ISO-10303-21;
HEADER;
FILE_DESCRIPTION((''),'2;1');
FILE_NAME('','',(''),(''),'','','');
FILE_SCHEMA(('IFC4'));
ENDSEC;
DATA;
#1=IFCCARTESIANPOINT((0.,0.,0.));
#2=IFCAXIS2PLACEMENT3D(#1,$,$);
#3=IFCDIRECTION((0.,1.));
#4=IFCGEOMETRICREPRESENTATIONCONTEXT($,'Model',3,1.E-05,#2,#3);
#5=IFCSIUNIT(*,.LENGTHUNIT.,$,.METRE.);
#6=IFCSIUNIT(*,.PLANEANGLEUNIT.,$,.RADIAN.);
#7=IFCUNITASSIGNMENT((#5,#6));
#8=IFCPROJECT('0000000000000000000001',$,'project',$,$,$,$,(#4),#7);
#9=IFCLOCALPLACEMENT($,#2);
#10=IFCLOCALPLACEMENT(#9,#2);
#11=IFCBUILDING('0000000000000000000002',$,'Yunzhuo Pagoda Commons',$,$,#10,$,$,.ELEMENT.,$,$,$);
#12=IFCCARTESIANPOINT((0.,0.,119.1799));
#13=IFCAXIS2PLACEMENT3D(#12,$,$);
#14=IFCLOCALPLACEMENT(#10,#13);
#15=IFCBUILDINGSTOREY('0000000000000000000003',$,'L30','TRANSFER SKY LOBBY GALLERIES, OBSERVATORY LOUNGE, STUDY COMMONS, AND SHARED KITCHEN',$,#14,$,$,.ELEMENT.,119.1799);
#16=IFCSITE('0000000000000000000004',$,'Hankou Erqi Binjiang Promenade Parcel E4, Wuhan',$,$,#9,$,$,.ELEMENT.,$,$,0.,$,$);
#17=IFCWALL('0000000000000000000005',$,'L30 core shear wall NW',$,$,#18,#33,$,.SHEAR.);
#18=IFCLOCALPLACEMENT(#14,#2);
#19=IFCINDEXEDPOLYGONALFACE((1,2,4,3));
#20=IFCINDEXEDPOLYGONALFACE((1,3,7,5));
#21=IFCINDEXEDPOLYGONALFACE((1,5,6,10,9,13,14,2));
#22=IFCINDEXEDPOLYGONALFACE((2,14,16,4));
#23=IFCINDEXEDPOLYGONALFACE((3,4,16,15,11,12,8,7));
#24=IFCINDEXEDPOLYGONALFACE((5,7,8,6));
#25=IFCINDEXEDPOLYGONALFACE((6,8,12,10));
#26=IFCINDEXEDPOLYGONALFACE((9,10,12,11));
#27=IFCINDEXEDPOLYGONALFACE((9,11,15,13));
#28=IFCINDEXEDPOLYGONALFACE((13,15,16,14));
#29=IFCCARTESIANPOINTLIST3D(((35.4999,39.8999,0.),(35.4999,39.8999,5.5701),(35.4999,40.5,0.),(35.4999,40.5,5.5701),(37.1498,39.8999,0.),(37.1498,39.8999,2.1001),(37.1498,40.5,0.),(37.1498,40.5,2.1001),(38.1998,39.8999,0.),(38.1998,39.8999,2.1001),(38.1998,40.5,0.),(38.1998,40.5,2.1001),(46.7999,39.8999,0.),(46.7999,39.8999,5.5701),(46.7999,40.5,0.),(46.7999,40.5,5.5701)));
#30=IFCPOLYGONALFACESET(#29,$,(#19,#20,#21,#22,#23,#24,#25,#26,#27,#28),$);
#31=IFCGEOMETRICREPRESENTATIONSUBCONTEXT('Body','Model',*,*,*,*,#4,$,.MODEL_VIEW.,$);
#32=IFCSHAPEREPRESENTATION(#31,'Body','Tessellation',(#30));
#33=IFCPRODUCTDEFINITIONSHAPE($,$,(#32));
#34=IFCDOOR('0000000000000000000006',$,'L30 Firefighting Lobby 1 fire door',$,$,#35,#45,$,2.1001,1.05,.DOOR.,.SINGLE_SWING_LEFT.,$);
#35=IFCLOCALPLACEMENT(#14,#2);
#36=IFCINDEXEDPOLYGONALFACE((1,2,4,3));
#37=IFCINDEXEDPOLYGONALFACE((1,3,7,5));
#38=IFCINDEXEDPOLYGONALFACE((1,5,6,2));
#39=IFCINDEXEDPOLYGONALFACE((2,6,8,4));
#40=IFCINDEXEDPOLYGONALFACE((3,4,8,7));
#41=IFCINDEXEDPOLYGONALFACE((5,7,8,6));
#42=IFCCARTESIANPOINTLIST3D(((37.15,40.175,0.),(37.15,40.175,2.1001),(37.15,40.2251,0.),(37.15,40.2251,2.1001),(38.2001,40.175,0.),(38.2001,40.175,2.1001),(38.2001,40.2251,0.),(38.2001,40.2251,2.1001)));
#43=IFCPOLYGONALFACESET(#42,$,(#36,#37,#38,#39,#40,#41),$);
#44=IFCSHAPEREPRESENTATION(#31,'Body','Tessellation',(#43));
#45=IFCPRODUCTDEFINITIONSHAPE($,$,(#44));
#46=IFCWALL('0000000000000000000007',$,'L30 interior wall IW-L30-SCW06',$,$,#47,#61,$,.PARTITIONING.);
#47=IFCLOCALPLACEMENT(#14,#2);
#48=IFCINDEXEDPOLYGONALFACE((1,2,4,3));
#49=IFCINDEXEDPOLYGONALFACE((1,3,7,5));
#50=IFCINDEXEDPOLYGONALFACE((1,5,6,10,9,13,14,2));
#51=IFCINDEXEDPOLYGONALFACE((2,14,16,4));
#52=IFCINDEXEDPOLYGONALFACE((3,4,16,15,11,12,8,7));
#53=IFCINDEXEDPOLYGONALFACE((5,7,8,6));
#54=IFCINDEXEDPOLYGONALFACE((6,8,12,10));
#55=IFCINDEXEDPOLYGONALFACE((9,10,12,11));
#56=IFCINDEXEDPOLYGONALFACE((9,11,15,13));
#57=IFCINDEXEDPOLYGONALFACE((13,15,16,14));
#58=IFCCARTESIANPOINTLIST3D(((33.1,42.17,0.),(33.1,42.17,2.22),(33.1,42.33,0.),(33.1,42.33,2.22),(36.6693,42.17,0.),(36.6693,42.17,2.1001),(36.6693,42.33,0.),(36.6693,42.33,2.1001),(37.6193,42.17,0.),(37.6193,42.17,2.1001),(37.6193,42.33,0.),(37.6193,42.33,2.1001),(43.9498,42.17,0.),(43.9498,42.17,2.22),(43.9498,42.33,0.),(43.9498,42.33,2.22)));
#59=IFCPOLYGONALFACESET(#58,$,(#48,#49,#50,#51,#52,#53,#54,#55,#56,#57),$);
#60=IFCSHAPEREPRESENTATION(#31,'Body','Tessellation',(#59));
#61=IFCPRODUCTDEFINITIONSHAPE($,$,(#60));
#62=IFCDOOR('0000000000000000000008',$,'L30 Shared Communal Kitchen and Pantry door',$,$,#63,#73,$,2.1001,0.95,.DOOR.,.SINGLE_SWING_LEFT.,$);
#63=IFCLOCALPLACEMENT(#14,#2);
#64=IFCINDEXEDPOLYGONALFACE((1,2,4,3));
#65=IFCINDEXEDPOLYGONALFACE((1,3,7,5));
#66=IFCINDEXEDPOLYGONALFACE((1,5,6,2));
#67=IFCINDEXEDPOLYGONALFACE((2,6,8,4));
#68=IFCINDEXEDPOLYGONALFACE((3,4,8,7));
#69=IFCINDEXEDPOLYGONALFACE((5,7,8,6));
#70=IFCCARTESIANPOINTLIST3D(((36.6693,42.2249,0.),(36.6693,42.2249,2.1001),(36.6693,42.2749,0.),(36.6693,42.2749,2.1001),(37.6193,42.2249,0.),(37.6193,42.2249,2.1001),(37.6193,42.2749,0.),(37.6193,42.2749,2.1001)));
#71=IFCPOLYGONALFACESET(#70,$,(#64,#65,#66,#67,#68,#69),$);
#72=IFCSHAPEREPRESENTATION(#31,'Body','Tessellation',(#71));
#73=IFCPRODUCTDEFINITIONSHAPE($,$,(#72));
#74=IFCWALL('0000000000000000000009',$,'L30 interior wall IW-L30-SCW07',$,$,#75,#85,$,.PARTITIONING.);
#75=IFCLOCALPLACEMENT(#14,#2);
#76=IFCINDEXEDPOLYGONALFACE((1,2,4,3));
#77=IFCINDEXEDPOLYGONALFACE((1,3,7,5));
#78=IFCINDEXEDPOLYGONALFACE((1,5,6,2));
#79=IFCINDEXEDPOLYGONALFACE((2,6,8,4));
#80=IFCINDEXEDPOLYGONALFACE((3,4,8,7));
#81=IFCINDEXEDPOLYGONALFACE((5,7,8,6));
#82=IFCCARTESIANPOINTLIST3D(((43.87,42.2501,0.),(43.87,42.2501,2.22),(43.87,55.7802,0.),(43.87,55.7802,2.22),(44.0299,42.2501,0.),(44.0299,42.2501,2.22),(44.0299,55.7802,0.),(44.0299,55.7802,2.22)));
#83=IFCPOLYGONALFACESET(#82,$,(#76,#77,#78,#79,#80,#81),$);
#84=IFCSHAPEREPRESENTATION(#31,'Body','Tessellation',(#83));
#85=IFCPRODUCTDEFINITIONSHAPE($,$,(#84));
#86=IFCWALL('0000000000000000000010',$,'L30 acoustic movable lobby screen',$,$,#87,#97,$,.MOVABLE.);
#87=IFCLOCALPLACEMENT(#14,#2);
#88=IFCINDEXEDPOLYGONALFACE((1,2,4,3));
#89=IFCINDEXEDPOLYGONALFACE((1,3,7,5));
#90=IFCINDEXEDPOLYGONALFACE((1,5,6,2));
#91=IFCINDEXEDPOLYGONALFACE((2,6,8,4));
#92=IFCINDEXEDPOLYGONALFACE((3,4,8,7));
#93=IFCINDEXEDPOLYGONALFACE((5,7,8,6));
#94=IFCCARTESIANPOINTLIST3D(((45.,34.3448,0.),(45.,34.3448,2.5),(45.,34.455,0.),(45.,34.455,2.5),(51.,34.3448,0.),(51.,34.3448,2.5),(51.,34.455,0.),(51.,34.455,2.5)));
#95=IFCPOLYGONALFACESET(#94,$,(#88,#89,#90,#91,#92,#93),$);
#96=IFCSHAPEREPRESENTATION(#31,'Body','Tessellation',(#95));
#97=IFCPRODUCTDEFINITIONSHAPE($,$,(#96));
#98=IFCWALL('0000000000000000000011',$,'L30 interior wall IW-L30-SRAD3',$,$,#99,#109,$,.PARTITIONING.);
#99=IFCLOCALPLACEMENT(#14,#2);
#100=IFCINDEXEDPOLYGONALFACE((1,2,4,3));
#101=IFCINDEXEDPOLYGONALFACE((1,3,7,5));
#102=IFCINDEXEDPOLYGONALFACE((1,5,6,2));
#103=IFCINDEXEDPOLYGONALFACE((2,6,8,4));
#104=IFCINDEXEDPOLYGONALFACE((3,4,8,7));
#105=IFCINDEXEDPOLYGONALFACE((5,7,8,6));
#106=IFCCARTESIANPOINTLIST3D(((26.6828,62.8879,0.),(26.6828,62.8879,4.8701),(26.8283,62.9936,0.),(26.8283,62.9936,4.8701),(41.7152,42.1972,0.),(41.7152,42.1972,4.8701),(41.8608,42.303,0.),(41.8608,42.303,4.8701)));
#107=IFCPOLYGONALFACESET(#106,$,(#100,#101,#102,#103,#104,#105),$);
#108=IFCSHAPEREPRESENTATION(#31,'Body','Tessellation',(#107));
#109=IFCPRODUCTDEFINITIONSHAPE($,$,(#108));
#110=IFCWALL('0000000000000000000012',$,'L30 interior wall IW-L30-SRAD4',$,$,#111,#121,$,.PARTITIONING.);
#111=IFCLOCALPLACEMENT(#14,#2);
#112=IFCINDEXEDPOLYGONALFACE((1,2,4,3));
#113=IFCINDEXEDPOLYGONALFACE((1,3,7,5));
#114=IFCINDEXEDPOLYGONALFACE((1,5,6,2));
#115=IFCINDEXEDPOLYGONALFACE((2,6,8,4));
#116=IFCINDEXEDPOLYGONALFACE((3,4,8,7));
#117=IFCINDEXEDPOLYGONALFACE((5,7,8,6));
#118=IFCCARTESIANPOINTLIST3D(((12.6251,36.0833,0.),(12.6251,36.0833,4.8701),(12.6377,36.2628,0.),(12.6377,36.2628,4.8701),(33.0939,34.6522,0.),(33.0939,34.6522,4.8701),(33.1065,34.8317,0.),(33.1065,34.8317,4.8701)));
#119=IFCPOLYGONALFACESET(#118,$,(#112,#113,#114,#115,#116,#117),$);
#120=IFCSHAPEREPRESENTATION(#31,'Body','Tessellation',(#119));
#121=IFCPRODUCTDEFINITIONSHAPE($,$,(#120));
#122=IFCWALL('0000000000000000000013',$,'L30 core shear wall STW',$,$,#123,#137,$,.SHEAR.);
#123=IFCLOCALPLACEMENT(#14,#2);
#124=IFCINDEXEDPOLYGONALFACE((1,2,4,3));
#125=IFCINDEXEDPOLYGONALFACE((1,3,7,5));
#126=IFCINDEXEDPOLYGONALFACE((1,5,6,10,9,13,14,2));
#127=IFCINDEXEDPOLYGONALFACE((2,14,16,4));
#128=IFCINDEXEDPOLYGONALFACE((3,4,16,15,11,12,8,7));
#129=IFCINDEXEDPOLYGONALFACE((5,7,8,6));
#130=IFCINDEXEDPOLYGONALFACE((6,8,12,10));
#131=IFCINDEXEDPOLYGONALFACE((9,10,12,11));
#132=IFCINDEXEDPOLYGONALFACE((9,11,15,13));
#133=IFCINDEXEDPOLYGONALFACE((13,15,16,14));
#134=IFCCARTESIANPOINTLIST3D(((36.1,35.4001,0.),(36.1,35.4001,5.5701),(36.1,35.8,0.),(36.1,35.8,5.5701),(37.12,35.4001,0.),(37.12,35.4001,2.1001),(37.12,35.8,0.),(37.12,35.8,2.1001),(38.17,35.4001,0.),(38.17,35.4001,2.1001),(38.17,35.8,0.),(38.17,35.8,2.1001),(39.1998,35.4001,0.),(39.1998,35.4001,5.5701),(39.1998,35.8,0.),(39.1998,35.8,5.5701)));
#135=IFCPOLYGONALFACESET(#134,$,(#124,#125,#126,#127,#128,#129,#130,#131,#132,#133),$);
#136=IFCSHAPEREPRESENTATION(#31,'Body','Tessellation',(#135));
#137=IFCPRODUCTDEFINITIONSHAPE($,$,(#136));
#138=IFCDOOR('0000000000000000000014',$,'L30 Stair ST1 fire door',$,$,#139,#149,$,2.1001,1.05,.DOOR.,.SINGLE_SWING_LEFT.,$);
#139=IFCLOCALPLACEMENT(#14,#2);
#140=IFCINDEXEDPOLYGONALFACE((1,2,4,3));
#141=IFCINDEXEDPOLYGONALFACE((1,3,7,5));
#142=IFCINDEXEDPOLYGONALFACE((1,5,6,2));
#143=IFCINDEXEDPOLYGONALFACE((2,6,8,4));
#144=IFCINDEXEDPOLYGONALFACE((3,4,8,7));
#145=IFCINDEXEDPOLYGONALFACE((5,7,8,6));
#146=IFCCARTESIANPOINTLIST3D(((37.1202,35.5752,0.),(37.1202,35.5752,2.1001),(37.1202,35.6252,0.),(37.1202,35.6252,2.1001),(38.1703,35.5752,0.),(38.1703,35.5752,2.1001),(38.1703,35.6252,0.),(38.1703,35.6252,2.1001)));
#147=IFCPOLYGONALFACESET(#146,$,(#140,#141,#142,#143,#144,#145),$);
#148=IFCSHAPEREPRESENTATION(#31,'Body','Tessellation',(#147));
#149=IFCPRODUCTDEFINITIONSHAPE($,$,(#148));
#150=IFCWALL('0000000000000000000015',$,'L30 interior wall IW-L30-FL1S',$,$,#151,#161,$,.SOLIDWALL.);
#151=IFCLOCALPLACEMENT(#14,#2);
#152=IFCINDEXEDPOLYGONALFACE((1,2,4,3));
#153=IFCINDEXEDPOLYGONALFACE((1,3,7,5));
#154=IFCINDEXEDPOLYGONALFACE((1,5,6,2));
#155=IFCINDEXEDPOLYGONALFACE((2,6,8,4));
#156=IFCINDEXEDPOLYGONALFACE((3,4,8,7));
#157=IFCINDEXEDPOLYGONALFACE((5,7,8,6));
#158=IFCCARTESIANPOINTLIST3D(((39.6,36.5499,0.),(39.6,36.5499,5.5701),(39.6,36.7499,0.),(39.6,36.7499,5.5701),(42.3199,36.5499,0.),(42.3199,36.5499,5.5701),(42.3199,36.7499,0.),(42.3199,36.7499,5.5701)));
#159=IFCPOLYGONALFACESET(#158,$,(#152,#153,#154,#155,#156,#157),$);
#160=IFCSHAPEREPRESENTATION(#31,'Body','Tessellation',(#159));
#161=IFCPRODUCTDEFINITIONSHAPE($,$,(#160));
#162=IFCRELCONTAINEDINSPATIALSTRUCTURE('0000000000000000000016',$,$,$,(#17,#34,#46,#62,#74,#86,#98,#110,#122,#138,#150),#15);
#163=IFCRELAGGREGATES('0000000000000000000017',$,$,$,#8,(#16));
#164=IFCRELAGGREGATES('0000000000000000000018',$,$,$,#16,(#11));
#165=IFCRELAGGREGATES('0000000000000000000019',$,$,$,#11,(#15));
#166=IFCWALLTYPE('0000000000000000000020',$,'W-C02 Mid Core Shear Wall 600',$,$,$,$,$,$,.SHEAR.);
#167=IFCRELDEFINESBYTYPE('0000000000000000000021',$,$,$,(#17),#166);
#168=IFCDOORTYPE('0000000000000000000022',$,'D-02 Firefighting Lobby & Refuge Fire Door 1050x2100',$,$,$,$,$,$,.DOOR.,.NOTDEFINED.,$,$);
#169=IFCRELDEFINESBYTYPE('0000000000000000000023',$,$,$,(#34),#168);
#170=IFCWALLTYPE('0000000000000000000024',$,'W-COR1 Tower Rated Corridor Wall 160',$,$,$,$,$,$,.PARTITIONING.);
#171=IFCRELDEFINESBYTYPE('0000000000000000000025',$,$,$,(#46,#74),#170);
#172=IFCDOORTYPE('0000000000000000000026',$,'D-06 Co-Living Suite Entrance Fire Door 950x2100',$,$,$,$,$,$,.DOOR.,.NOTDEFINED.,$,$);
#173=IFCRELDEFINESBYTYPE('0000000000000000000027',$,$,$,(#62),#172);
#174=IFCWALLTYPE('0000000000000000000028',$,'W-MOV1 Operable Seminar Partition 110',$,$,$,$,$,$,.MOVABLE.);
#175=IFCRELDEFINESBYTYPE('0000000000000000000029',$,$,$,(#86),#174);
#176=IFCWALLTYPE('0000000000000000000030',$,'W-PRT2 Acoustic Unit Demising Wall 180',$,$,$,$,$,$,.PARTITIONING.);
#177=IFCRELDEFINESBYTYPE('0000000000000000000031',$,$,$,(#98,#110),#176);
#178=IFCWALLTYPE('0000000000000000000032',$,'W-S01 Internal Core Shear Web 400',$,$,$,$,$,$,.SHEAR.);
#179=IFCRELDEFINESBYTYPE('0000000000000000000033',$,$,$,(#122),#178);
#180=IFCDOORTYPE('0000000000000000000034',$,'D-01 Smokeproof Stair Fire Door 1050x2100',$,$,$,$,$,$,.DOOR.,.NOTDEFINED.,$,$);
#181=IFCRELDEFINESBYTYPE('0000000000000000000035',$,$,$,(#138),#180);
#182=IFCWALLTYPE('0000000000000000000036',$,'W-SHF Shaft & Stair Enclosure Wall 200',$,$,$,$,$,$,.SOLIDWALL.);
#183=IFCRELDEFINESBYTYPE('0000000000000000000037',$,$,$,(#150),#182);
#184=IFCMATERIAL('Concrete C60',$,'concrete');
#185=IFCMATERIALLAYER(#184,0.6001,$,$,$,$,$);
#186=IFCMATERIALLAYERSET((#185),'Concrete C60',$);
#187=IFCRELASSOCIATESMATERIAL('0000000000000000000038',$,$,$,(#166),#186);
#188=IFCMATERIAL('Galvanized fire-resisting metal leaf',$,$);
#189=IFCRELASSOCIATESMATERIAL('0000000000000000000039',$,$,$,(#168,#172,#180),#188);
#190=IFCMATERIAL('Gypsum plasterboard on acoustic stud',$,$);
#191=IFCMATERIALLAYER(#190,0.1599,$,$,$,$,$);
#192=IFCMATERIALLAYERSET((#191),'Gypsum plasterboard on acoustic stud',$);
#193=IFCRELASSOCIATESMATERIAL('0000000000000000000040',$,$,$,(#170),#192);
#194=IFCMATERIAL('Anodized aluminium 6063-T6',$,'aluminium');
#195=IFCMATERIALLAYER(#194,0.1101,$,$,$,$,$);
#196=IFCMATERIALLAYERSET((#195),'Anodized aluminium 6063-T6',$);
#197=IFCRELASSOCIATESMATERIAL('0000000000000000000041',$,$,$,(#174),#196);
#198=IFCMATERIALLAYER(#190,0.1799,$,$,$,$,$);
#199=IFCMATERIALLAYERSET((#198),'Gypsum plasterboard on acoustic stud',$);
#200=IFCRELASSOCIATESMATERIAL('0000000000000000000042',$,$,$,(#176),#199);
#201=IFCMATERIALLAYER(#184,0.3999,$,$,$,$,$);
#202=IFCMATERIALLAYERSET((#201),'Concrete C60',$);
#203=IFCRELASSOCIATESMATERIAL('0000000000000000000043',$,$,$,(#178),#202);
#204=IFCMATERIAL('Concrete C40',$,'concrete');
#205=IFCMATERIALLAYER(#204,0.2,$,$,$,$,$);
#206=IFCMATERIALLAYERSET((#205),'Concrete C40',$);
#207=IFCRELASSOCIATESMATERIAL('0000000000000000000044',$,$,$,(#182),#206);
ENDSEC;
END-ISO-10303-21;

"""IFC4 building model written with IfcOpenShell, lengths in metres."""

from ifc_helpers import new_model, si_unit, direction, frame, frame_2d, origin, origin_with_axes, place, context, subcontext, project, spatial, rectangle, extrude, source, transform, mapped, material, layer, layer_set, type_object, element, fill, save


model = new_model("IFC4")

# Units and contexts
model_context = context("Model", 3, precision=1e-05, world=origin(), true_north=direction((0.0, 1.0)))
body_context = subcontext(model_context, "Body", "Model", "MODEL_VIEW")
ifc_project = project(units=[si_unit("LENGTHUNIT", "METRE"), si_unit("PLANEANGLEUNIT", "RADIAN")], contexts=[model_context])

# Site, building, storey
site_placement = place(None, origin())
site = spatial("IfcSite", under=ifc_project, at=site_placement, Name="Hankou Erqi Binjiang Promenade Parcel E4, Wuhan", CompositionType="ELEMENT", RefElevation=0.0)
building_placement = place(site_placement, origin())
building = spatial("IfcBuilding", under=site, at=building_placement, Name="Yunzhuo Pagoda Commons", CompositionType="ELEMENT")
storey_placement = place(building_placement, frame((0.0, 0.0, 119.1799)))
storey = spatial("IfcBuildingStorey", under=building, at=storey_placement, Name="L30", Description="TRANSFER SKY LOBBY GALLERIES, OBSERVATORY LOUNGE, STUDY COMMONS, AND SHARED KITCHEN", CompositionType="ELEMENT", Elevation=119.1799)

# Walls, openings, doors
ifc_material_1 = material(Name="Concrete C60", Category="concrete")
ifc_layer_1 = layer(ifc_material_1, 0.6001)
ifc_layer_set_1 = layer_set([ifc_layer_1], Name="Concrete C60")
wall_type_1 = type_object("IfcWallType", Name="W-C02 Mid Core Shear Wall 600", PredefinedType="SHEAR", material=ifc_layer_set_1)
wall_1_placement = place(storey_placement, frame((35.5, 40.2, 0.0), z_axis=(0.0, 0.0, 1.0), x_axis=(1.0, 0.0, 0.0)))
wall_1 = element("IfcWall", 1, at=wall_1_placement, inside=storey, type_object=wall_type_1, Name="L30 core shear wall NW", PredefinedType="SHEAR", context=body_context, shape_type="SweptSolid", body=[
    extrude(rectangle(XDim=11.3, YDim=0.6001, at=frame_2d((5.6499, 0.0))), origin(), (0.0, 0.0, 1.0), 5.5701),
])
opening_1_placement = place(wall_1_placement, frame((1.6499, 0.0, 0.0)))
opening_1 = element("IfcOpeningElement", 2, at=opening_1_placement, cuts=wall_1, PredefinedType="OPENING", context=body_context, shape_type="SweptSolid", body=[
    extrude(rectangle(XDim=1.05, YDim=2.1001, at=frame_2d((0.5249, 1.05))), frame((0.0, 0.3101, 0.0), z_axis=(0.0, -1.0, 0.0), x_axis=(1.0, 0.0, 0.0)), (0.0, 0.0, 1.0), 0.6201),
])
ifc_material_2 = material(Name="Galvanized fire-resisting metal leaf")
door_type_1 = type_object("IfcDoorType", Name="D-02 Firefighting Lobby & Refuge Fire Door 1050x2100", OperationType="NOTDEFINED", PredefinedType="DOOR", material=ifc_material_2)
shared_shape_1 = source(origin(), body_context, "Body", "SweptSolid", [
    extrude(rectangle(XDim=1.05, YDim=2.1001, at=frame_2d((0.5249, 1.05))), frame((0.0, 0.0249, 0.0), z_axis=(0.0, -1.0, 0.0), x_axis=(1.0, 0.0, 0.0)), (0.0, 0.0, 1.0), 0.05),
])
door_1_placement = place(opening_1_placement, frame((1.05, 0.0, 0.0), z_axis=(0.0, 0.0, 1.0), x_axis=(-1.0, 0.0, 0.0)))
door_1 = element("IfcDoor", 3, at=door_1_placement, inside=storey, type_object=door_type_1, Name="L30 Firefighting Lobby 1 fire door", OperationType="SINGLE_SWING_LEFT", OverallHeight=2.1001, OverallWidth=1.05, PredefinedType="DOOR", context=body_context, shape_type="MappedRepresentation", body=[
    mapped(shared_shape_1, transform((0.0, 0.0, 0.0), scale=1.0)),
])
fill(opening_1, door_1)
ifc_material_3 = material(Name="Gypsum plasterboard on acoustic stud")
ifc_layer_2 = layer(ifc_material_3, 0.1599)
ifc_layer_set_2 = layer_set([ifc_layer_2], Name="Gypsum plasterboard on acoustic stud")
wall_type_2 = type_object("IfcWallType", Name="W-COR1 Tower Rated Corridor Wall 160", PredefinedType="PARTITIONING", material=ifc_layer_set_2)
wall_2_placement = place(storey_placement, frame((33.1001, 42.25, 0.0), z_axis=(0.0, 0.0, 1.0), x_axis=(1.0, 0.0, 0.0)))
wall_2 = element("IfcWall", 4, at=wall_2_placement, inside=storey, type_object=wall_type_2, Name="L30 interior wall IW-L30-SCW06", PredefinedType="PARTITIONING", context=body_context, shape_type="SweptSolid", body=[
    extrude(rectangle(XDim=10.8499, YDim=0.1599, at=frame_2d((5.4248, 0.0))), origin(), (0.0, 0.0, 1.0), 2.22),
])
opening_2_placement = place(wall_2_placement, frame((3.5691, 0.0, 0.0)))
opening_2 = element("IfcOpeningElement", 5, at=opening_2_placement, cuts=wall_2, PredefinedType="OPENING", context=body_context, shape_type="SweptSolid", body=[
    extrude(rectangle(XDim=0.95, YDim=2.1001, at=frame_2d((0.4751, 1.05))), frame((0.0, 0.0898, 0.0), z_axis=(0.0, -1.0, 0.0), x_axis=(1.0, 0.0, 0.0)), (0.0, 0.0, 1.0), 0.1799),
])
door_type_2 = type_object("IfcDoorType", Name="D-06 Co-Living Suite Entrance Fire Door 950x2100", OperationType="NOTDEFINED", PredefinedType="DOOR", material=ifc_material_2)
shared_shape_2 = source(origin(), body_context, "Body", "SweptSolid", [
    extrude(rectangle(XDim=0.95, YDim=2.1001, at=frame_2d((0.4751, 1.05))), frame((0.0, 0.0249, 0.0), z_axis=(0.0, -1.0, 0.0), x_axis=(1.0, 0.0, 0.0)), (0.0, 0.0, 1.0), 0.05),
])
door_2_placement = place(opening_2_placement, origin_with_axes())
door_2 = element("IfcDoor", 6, at=door_2_placement, inside=storey, type_object=door_type_2, Name="L30 Shared Communal Kitchen and Pantry door", OperationType="SINGLE_SWING_LEFT", OverallHeight=2.1001, OverallWidth=0.95, PredefinedType="DOOR", context=body_context, shape_type="MappedRepresentation", body=[
    mapped(shared_shape_2, transform((0.0, 0.0, 0.0), scale=1.0)),
])
fill(opening_2, door_2)

# Walls
wall_3_placement = place(storey_placement, frame((43.95, 42.25, 0.0), z_axis=(0.0, 0.0, 1.0), x_axis=(0.0, 1.0, 0.0)))
element("IfcWall", 7, at=wall_3_placement, inside=storey, type_object=wall_type_2, Name="L30 interior wall IW-L30-SCW07", PredefinedType="PARTITIONING", context=body_context, shape_type="SweptSolid", body=[
    extrude(rectangle(XDim=13.53, YDim=0.1599, at=frame_2d((6.7651, 0.0))), origin(), (0.0, 0.0, 1.0), 2.22),
])
ifc_material_4 = material(Name="Anodized aluminium 6063-T6", Category="aluminium")
ifc_layer_3 = layer(ifc_material_4, 0.1101)
ifc_layer_set_3 = layer_set([ifc_layer_3], Name="Anodized aluminium 6063-T6")
wall_type_3 = type_object("IfcWallType", Name="W-MOV1 Operable Seminar Partition 110", PredefinedType="MOVABLE", material=ifc_layer_set_3)
wall_4_placement = place(storey_placement, frame((45.0, 34.3999, 0.0), z_axis=(0.0, 0.0, 1.0), x_axis=(1.0, 0.0, 0.0)))
element("IfcWall", 8, at=wall_4_placement, inside=storey, type_object=wall_type_3, Name="L30 acoustic movable lobby screen", PredefinedType="MOVABLE", context=body_context, shape_type="SweptSolid", body=[
    extrude(rectangle(XDim=6.0, YDim=0.1101, at=frame_2d((3.0, 0.0))), origin(), (0.0, 0.0, 1.0), 2.5),
])
ifc_layer_4 = layer(ifc_material_3, 0.1799)
ifc_layer_set_4 = layer_set([ifc_layer_4], Name="Gypsum plasterboard on acoustic stud")
wall_type_4 = type_object("IfcWallType", Name="W-PRT2 Acoustic Unit Demising Wall 180", PredefinedType="PARTITIONING", material=ifc_layer_set_4)
wall_5_placement = place(storey_placement, frame((41.7881, 42.25, 0.0), z_axis=(0.0, 0.0, 1.0), x_axis=(-0.587781, 0.80902, 0.0)))
element("IfcWall", 9, at=wall_5_placement, inside=storey, type_object=wall_type_4, Name="L30 interior wall IW-L30-SRAD3", PredefinedType="PARTITIONING", context=body_context, shape_type="SweptSolid", body=[
    extrude(rectangle(XDim=25.575, YDim=0.1799, at=frame_2d((12.7876, 0.0))), origin(), (0.0, 0.0, 1.0), 4.8701),
])
wall_6_placement = place(storey_placement, frame((33.1001, 34.7419, 0.0), z_axis=(0.0, 0.0, 1.0), x_axis=(-0.997565, 0.069749, 0.0)))
element("IfcWall", 10, at=wall_6_placement, inside=storey, type_object=wall_type_4, Name="L30 interior wall IW-L30-SRAD4", PredefinedType="PARTITIONING", context=body_context, shape_type="SweptSolid", body=[
    extrude(rectangle(XDim=20.5188, YDim=0.1799, at=frame_2d((10.2593, 0.0))), origin(), (0.0, 0.0, 1.0), 4.8701),
])

# Wall, opening, door
ifc_layer_5 = layer(ifc_material_1, 0.3999)
ifc_layer_set_5 = layer_set([ifc_layer_5], Name="Concrete C60")
wall_type_5 = type_object("IfcWallType", Name="W-S01 Internal Core Shear Web 400", PredefinedType="SHEAR", material=ifc_layer_set_5)
wall_7_placement = place(storey_placement, frame((36.1001, 35.6001, 0.0), z_axis=(0.0, 0.0, 1.0), x_axis=(1.0, 0.0, 0.0)))
wall_7 = element("IfcWall", 11, at=wall_7_placement, inside=storey, type_object=wall_type_5, Name="L30 core shear wall STW", PredefinedType="SHEAR", context=body_context, shape_type="SweptSolid", body=[
    extrude(rectangle(XDim=3.0999, YDim=0.3999, at=frame_2d((1.5498, 0.0))), origin(), (0.0, 0.0, 1.0), 5.5701),
])
opening_3_placement = place(wall_7_placement, frame((1.02, 0.0, 0.0)))
opening_3 = element("IfcOpeningElement", 12, at=opening_3_placement, cuts=wall_7, PredefinedType="OPENING", context=body_context, shape_type="SweptSolid", body=[
    extrude(rectangle(XDim=1.05, YDim=2.1001, at=frame_2d((0.5249, 1.05))), frame((0.0, 0.21, 0.0), z_axis=(0.0, -1.0, 0.0), x_axis=(1.0, 0.0, 0.0)), (0.0, 0.0, 1.0), 0.4199),
])
door_type_3 = type_object("IfcDoorType", Name="D-01 Smokeproof Stair Fire Door 1050x2100", OperationType="NOTDEFINED", PredefinedType="DOOR", material=ifc_material_2)
door_3_placement = place(opening_3_placement, frame((1.05, 0.0, 0.0), z_axis=(0.0, 0.0, 1.0), x_axis=(-1.0, 0.0, 0.0)))
door_3 = element("IfcDoor", 13, at=door_3_placement, inside=storey, type_object=door_type_3, Name="L30 Stair ST1 fire door", OperationType="SINGLE_SWING_LEFT", OverallHeight=2.1001, OverallWidth=1.05, PredefinedType="DOOR", context=body_context, shape_type="MappedRepresentation", body=[
    mapped(shared_shape_1, transform((0.0, 0.0, 0.0), scale=1.0)),
])
fill(opening_3, door_3)

# Wall
ifc_material_5 = material(Name="Concrete C40", Category="concrete")
ifc_layer_6 = layer(ifc_material_5, 0.2)
ifc_layer_set_6 = layer_set([ifc_layer_6], Name="Concrete C40")
wall_type_6 = type_object("IfcWallType", Name="W-SHF Shaft & Stair Enclosure Wall 200", PredefinedType="SOLIDWALL", material=ifc_layer_set_6)
wall_8_placement = place(storey_placement, frame((39.6001, 36.6499, 0.0), z_axis=(0.0, 0.0, 1.0), x_axis=(1.0, 0.0, 0.0)))
element("IfcWall", 14, at=wall_8_placement, inside=storey, type_object=wall_type_6, Name="L30 interior wall IW-L30-FL1S", PredefinedType="SOLIDWALL", context=body_context, shape_type="SweptSolid", body=[
    extrude(rectangle(XDim=2.72, YDim=0.2, at=frame_2d((1.3599, 0.0))), origin(), (0.0, 0.0, 1.0), 5.5701),
])

save(model, "model.ifc")
